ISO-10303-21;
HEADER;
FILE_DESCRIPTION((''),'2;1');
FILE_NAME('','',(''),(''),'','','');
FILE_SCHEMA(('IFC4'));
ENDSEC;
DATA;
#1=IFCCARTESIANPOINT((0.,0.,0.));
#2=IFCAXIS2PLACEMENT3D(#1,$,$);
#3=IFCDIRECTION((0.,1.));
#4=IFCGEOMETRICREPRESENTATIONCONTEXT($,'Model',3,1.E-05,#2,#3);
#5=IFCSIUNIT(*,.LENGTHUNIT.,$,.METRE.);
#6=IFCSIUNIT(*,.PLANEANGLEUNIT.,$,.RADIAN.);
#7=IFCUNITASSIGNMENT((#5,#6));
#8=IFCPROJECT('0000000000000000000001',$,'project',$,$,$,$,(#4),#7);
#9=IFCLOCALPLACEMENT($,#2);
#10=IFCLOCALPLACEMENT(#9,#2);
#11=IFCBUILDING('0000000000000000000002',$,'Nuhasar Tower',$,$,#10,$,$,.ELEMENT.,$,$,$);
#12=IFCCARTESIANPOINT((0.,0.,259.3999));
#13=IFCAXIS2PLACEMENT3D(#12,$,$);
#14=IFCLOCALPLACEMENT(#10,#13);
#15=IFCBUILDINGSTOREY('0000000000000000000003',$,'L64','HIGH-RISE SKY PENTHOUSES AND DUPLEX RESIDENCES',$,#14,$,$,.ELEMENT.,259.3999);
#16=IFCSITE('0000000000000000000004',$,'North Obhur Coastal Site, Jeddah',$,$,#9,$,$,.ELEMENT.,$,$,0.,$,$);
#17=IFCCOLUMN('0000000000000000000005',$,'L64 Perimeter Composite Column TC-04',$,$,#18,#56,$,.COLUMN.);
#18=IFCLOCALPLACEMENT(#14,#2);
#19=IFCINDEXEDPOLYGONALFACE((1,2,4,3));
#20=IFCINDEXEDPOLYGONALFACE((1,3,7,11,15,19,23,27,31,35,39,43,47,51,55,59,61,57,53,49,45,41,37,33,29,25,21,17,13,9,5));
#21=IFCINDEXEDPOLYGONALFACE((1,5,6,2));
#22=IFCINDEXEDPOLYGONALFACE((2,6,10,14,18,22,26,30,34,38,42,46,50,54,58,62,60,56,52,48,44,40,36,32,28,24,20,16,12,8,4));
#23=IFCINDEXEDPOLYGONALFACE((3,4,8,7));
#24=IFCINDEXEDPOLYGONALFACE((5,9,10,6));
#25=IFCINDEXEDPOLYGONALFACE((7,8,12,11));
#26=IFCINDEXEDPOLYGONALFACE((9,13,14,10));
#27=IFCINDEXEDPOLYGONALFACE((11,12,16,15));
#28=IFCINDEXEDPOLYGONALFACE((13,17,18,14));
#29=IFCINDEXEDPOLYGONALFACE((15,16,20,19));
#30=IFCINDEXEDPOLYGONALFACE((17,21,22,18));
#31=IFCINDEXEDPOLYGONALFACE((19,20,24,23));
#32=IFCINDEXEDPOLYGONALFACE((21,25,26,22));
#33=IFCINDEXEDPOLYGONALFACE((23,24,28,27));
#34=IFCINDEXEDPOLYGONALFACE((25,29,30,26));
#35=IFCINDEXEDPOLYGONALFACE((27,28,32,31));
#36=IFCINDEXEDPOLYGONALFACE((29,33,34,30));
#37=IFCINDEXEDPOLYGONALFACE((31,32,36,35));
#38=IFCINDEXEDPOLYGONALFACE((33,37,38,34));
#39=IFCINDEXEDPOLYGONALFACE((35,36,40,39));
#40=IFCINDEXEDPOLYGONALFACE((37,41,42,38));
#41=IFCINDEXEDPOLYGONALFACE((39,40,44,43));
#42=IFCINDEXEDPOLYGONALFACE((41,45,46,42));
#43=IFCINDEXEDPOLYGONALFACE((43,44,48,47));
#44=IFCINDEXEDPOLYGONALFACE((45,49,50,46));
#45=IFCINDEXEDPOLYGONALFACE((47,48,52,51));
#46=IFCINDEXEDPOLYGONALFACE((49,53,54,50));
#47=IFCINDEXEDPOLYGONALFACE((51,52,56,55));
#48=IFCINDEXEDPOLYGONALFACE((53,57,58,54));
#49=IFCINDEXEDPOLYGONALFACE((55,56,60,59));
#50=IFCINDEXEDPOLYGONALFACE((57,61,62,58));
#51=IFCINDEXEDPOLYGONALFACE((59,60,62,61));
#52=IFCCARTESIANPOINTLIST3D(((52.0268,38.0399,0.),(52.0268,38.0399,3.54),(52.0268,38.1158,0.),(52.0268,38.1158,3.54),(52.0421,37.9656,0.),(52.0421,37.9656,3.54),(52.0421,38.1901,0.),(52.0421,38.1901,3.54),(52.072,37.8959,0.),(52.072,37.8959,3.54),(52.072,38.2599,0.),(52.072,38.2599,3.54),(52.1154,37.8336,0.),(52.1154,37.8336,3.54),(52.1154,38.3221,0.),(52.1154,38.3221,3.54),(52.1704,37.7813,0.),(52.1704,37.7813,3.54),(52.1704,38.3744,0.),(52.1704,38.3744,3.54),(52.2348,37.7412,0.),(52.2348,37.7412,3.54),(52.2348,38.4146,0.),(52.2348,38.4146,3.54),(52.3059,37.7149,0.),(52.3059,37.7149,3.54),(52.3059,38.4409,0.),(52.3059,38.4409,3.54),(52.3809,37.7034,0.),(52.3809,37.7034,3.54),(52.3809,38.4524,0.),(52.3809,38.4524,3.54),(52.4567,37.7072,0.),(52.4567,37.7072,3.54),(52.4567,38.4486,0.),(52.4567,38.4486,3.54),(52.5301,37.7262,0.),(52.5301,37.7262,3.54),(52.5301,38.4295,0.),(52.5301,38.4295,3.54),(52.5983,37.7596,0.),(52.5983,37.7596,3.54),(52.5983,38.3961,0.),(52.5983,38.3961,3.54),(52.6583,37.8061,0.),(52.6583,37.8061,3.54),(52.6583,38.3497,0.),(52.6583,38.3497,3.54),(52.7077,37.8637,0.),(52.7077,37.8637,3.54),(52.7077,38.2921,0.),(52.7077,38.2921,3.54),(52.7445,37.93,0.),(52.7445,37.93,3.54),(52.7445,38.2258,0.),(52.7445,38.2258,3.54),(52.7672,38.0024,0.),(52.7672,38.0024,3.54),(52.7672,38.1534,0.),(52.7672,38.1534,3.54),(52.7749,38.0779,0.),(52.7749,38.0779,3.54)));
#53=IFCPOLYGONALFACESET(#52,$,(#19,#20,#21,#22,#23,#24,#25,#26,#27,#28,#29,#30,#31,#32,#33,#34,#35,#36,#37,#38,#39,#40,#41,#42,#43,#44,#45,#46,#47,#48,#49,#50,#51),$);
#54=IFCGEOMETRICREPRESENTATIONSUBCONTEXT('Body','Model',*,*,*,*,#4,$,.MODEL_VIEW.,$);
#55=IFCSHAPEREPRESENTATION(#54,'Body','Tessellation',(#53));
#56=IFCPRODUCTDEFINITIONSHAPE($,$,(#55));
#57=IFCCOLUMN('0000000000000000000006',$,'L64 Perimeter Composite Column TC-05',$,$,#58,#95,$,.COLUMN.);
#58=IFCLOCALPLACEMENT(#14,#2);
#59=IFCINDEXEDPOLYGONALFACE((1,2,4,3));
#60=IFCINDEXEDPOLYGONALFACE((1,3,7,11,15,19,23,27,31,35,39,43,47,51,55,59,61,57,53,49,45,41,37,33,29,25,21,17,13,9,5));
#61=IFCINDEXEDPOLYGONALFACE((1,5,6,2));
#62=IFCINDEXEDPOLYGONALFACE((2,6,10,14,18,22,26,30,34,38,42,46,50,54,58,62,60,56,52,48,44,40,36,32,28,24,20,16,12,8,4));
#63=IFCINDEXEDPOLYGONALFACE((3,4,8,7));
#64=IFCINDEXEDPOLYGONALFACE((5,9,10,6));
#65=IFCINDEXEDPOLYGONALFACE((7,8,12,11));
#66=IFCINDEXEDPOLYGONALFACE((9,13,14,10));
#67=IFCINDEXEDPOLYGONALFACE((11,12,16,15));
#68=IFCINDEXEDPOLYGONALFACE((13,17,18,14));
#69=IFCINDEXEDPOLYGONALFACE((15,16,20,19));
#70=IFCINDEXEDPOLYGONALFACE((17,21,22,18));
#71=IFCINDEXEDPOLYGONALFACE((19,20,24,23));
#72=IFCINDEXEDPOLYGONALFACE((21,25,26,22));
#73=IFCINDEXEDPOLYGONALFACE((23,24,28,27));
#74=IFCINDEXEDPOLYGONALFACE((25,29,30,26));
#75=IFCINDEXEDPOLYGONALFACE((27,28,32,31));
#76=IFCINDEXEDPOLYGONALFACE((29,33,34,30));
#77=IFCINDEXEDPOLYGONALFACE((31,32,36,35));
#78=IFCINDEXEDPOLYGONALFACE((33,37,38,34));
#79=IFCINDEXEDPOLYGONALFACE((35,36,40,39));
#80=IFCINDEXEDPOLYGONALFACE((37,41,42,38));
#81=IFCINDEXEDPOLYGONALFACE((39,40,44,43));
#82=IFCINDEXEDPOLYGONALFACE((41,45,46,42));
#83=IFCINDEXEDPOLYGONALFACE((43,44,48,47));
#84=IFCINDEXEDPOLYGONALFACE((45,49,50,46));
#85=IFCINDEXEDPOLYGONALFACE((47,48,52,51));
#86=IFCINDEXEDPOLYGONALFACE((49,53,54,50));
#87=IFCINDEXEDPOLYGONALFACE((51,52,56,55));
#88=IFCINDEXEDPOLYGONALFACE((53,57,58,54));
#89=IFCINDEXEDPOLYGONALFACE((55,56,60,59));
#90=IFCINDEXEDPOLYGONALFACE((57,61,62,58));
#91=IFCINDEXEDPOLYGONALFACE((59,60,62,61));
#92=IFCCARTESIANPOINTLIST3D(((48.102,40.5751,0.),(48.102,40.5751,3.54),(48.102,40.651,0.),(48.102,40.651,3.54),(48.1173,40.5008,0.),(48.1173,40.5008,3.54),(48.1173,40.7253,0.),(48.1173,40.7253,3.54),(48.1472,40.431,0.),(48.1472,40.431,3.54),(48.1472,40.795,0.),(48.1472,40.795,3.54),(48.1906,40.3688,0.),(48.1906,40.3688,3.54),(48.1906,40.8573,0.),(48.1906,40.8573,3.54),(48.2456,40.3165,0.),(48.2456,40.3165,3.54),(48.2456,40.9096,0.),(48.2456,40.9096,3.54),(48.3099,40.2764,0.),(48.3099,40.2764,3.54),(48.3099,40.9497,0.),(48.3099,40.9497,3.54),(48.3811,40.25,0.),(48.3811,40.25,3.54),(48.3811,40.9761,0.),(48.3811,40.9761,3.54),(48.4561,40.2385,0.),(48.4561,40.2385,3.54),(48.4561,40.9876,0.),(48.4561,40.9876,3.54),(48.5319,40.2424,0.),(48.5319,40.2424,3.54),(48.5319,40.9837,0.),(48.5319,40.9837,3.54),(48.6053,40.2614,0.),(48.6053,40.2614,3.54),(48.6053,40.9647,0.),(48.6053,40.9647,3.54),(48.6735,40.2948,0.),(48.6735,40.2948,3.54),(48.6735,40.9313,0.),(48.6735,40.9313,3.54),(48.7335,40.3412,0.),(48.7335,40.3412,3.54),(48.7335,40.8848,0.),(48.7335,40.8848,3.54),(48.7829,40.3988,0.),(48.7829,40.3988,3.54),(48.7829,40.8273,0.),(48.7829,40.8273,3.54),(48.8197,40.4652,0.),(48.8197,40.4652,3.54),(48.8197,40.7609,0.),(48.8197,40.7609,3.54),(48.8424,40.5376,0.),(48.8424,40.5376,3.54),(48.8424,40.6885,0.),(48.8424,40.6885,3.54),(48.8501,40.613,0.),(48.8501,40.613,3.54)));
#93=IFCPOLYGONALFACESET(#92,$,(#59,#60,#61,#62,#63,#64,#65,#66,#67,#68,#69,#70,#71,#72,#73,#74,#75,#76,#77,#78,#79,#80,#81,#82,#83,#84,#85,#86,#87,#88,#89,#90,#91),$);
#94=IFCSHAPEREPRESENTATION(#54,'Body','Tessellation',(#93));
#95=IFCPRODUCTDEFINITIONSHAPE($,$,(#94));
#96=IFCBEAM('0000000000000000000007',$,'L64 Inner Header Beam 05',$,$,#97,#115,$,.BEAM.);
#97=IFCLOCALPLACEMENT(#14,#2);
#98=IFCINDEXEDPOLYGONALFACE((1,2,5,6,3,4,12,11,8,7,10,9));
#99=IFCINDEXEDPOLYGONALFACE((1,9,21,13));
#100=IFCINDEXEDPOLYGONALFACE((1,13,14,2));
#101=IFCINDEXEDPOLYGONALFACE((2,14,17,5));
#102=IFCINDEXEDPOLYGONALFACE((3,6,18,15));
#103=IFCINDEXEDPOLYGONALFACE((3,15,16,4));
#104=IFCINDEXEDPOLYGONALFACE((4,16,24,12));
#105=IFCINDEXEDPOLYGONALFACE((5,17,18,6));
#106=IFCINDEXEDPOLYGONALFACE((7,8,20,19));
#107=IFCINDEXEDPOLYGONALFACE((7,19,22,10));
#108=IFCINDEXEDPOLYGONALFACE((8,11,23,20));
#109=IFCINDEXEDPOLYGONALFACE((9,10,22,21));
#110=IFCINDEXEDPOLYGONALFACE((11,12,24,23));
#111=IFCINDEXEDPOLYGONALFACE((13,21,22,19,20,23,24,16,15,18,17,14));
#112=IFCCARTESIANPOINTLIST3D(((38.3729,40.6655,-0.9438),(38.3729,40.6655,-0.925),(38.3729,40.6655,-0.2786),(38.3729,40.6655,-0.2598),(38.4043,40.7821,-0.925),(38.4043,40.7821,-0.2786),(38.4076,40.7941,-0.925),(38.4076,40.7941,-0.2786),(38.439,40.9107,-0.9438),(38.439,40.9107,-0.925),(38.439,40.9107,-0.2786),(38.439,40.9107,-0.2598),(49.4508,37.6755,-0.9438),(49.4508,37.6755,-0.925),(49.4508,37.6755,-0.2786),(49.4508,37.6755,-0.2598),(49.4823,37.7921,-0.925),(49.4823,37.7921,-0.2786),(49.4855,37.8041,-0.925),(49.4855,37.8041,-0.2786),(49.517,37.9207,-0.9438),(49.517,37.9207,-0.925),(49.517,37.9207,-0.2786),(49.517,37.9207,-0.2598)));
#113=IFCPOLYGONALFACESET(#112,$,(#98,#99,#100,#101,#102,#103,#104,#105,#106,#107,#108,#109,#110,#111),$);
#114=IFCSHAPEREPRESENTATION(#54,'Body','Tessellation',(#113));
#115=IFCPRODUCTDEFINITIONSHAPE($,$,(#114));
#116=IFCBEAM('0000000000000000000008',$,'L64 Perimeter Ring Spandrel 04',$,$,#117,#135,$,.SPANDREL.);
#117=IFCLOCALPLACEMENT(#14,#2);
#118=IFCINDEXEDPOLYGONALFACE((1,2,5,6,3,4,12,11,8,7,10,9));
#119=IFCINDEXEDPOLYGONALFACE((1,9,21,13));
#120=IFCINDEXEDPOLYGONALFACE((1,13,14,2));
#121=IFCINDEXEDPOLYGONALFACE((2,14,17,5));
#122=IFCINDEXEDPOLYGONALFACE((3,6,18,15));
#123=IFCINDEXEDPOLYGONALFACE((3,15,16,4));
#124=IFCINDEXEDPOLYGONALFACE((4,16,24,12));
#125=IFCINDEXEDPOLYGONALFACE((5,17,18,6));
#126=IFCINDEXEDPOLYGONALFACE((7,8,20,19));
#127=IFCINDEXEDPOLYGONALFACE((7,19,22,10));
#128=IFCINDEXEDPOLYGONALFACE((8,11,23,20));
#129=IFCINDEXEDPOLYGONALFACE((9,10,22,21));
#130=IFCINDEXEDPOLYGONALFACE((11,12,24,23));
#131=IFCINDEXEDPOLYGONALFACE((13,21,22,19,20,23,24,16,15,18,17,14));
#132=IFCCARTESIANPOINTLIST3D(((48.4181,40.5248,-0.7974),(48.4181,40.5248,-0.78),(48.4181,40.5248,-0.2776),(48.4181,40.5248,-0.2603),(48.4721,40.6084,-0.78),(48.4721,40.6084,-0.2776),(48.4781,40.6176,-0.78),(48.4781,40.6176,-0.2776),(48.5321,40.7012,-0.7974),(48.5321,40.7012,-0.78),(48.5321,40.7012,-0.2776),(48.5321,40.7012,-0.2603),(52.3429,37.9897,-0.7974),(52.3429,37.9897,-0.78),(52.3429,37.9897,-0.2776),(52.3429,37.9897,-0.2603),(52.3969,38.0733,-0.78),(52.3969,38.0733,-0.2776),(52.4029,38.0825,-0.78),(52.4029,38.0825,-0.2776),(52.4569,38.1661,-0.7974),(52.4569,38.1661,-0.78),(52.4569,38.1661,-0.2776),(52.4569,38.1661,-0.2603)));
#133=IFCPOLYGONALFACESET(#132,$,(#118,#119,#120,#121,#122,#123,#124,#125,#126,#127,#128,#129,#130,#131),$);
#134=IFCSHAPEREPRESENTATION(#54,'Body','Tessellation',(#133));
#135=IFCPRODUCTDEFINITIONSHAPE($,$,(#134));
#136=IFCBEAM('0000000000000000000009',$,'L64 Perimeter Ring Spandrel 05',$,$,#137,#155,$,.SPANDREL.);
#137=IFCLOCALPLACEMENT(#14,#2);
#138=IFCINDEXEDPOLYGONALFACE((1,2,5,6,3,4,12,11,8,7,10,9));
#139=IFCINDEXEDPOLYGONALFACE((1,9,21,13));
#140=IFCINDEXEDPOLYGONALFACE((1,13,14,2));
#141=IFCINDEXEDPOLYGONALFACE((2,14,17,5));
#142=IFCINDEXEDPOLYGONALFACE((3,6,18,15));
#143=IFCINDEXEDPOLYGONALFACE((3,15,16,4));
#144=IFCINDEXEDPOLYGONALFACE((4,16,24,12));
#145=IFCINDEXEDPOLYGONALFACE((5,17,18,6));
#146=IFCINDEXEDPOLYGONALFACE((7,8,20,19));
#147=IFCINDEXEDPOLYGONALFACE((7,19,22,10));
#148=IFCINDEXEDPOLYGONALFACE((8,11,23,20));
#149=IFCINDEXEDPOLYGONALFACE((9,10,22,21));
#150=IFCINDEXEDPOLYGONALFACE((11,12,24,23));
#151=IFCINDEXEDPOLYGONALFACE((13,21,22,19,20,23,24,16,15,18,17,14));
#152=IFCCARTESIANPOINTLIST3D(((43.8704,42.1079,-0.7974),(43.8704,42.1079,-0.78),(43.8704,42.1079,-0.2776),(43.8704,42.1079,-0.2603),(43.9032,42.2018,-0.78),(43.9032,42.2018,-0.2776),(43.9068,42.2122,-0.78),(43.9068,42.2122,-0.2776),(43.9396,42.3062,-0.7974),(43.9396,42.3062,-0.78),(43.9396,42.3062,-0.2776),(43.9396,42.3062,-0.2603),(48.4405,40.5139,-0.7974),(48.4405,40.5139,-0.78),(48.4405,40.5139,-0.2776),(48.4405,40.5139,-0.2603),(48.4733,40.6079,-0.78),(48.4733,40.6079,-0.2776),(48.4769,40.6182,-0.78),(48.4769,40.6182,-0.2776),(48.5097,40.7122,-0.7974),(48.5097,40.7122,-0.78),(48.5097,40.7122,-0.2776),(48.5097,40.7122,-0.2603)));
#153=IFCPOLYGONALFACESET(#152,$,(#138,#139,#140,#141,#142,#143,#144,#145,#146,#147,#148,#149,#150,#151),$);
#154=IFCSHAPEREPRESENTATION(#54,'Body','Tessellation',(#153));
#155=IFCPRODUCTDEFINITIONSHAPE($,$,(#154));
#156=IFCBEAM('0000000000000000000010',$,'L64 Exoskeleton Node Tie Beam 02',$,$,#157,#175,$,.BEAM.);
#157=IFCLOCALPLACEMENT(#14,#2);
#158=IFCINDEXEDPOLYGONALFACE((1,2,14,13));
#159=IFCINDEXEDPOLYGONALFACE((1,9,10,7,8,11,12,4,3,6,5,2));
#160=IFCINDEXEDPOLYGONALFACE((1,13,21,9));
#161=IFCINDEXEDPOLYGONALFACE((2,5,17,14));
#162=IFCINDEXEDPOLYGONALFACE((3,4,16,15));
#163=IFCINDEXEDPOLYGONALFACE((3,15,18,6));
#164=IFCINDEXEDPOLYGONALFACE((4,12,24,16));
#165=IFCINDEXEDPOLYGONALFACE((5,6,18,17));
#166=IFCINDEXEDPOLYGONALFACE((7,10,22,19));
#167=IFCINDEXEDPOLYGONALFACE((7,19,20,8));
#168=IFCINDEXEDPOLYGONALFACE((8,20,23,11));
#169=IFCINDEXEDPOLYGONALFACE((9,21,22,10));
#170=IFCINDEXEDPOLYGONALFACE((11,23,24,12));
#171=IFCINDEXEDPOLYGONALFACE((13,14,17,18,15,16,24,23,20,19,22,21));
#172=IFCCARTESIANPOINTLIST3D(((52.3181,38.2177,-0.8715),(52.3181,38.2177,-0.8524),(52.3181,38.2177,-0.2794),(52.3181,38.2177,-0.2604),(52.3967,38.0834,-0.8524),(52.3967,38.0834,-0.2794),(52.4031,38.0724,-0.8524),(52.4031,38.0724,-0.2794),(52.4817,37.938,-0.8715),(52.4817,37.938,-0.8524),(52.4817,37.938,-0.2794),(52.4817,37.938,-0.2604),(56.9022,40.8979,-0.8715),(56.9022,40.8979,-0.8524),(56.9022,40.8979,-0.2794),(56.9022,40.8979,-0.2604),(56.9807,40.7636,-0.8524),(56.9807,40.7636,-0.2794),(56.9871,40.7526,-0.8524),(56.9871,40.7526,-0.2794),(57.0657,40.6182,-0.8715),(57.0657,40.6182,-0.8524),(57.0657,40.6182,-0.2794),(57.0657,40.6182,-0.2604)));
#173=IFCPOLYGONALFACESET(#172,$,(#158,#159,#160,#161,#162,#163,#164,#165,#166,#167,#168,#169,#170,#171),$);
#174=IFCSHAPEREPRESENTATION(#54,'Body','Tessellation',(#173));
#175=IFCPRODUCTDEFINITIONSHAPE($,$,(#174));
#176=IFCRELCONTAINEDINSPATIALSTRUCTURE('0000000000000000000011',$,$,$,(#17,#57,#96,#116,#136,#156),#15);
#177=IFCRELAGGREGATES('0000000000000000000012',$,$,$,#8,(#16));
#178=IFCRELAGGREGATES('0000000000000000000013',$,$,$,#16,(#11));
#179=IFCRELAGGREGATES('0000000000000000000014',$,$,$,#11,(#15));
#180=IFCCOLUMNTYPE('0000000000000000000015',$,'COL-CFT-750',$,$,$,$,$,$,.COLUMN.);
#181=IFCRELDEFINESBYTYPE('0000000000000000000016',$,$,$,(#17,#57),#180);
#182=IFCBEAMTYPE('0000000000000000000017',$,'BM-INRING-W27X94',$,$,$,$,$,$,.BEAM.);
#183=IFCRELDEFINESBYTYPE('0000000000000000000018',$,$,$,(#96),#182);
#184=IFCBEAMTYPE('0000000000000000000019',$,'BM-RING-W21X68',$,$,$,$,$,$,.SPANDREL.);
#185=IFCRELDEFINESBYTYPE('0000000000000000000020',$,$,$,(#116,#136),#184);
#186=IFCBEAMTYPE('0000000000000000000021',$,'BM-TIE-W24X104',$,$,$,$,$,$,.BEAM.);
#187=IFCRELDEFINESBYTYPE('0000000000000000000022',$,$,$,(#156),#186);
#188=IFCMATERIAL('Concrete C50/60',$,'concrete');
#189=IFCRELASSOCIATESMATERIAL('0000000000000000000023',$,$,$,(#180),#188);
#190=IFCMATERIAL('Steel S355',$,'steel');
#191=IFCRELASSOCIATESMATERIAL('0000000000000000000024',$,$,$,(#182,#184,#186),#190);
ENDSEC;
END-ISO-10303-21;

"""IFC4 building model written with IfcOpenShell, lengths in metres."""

from ifc_helpers import new_model, si_unit, direction, frame, origin, origin_2d, place, context, subcontext, project, spatial, circle, i_section, extrude, material, material_profile, profile_set, type_object, element, save


model = new_model("IFC4")

# Units and contexts
model_context = context("Model", 3, precision=1e-05, world=origin(), true_north=direction((0.0, 1.0)))
body_context = subcontext(model_context, "Body", "Model", "MODEL_VIEW")
ifc_project = project(units=[si_unit("LENGTHUNIT", "METRE"), si_unit("PLANEANGLEUNIT", "RADIAN")], contexts=[model_context])

# Site, building, storey
site_placement = place(None, origin())
site = spatial("IfcSite", under=ifc_project, at=site_placement, Name="North Obhur Coastal Site, Jeddah", CompositionType="ELEMENT", RefElevation=0.0)
building_placement = place(site_placement, origin())
building = spatial("IfcBuilding", under=site, at=building_placement, Name="Nuhasar Tower", CompositionType="ELEMENT")
storey_placement = place(building_placement, frame((0.0, 0.0, 259.3999)))
storey = spatial("IfcBuildingStorey", under=building, at=storey_placement, Name="L64", Description="HIGH-RISE SKY PENTHOUSES AND DUPLEX RESIDENCES", CompositionType="ELEMENT", Elevation=259.3999)

# Columns
ifc_material_1 = material(Name="Concrete C50/60", Category="concrete")
ifc_material_profile_1 = material_profile(ifc_material_1, circle(Radius=0.375, at=origin_2d()), Name="CFT750")
ifc_profile_set_1 = profile_set([ifc_material_profile_1], Name="Concrete C50/60")
column_type = type_object("IfcColumnType", Name="COL-CFT-750", PredefinedType="COLUMN", material=ifc_profile_set_1)
for number, where, z_axis, x_axis, name in (
    (1, (52.3999, 38.0779, 0.0), (0.0, 0.0, 1.0), (1.0, 0.0, 0.0), "L64 Perimeter Composite Column TC-04"),
    (2, (48.4751, 40.613, 0.0), (0.0, 0.0, 1.0), (1.0, 0.0, 0.0), "L64 Perimeter Composite Column TC-05"),
):
    element("IfcColumn", number, at=place(storey_placement, frame(where, z_axis=z_axis, x_axis=x_axis)), inside=storey, type_object=column_type, Name=name, PredefinedType="COLUMN", context=body_context, shape_type="SweptSolid", body=[
        extrude(circle(Radius=0.375, at=origin_2d()), origin(), (0.0, 0.0, 1.0), 3.54),
    ])

# Beams
ifc_material_2 = material(Name="Steel S355", Category="steel")
ifc_material_profile_2 = material_profile(ifc_material_2, i_section(OverallWidth=0.2539, OverallDepth=0.6841, WebThickness=0.0125, FlangeThickness=0.0188, at=origin_2d()), Name="W27X94")
ifc_profile_set_2 = profile_set([ifc_material_profile_2], Name="Steel S355")
beam_type_1 = type_object("IfcBeamType", Name="BM-INRING-W27X94", PredefinedType="BEAM", material=ifc_profile_set_2)
beam_1_placement = place(storey_placement, frame((49.4839, 37.7981, -0.6018), z_axis=(-0.965452, 0.260582, 0.0), x_axis=(-0.260582, -0.965452, 0.0)))
element("IfcBeam", 3, at=beam_1_placement, inside=storey, type_object=beam_type_1, Name="L64 Inner Header Beam 05", PredefinedType="BEAM", context=body_context, shape_type="SweptSolid", body=[
    extrude(i_section(OverallWidth=0.2539, OverallDepth=0.6841, WebThickness=0.0125, FlangeThickness=0.0188, at=origin_2d()), origin(), (0.0, 0.0, 1.0), 11.4744),
])
ifc_material_profile_3 = material_profile(ifc_material_2, i_section(OverallWidth=0.21, OverallDepth=0.5371, WebThickness=0.011, FlangeThickness=0.0173, at=origin_2d()), Name="W21X68")
ifc_profile_set_3 = profile_set([ifc_material_profile_3], Name="Steel S355")
beam_type_2 = type_object("IfcBeamType", Name="BM-RING-W21X68", PredefinedType="SPANDREL", material=ifc_profile_set_3)
beam_2_placement = place(storey_placement, frame((52.3999, 38.0779, -0.5288), z_axis=(-0.840002, 0.542584, 0.0), x_axis=(-0.542584, -0.840002, 0.0)))
element("IfcBeam", 4, at=beam_2_placement, inside=storey, type_object=beam_type_2, Name="L64 Perimeter Ring Spandrel 04", PredefinedType="SPANDREL", context=body_context, shape_type="SweptSolid", body=[
    extrude(i_section(OverallWidth=0.21, OverallDepth=0.5371, WebThickness=0.011, FlangeThickness=0.0173, at=origin_2d()), origin(), (0.0, 0.0, 1.0), 4.6724),
])
beam_3_placement = place(storey_placement, frame((48.4751, 40.613, -0.5288), z_axis=(-0.944214, 0.329332, 0.0), x_axis=(-0.329332, -0.944214, 0.0)))
element("IfcBeam", 5, at=beam_3_placement, inside=storey, type_object=beam_type_2, Name="L64 Perimeter Ring Spandrel 05", PredefinedType="SPANDREL", context=body_context, shape_type="SweptSolid", body=[
    extrude(i_section(OverallWidth=0.21, OverallDepth=0.5371, WebThickness=0.011, FlangeThickness=0.0173, at=origin_2d()), origin(), (0.0, 0.0, 1.0), 4.8401),
])
ifc_material_profile_4 = material_profile(ifc_material_2, i_section(OverallWidth=0.324, OverallDepth=0.6111, WebThickness=0.0127, FlangeThickness=0.019, at=origin_2d()), Name="W24X104")
ifc_profile_set_4 = profile_set([ifc_material_profile_4], Name="Steel S355")
beam_type_3 = type_object("IfcBeamType", Name="BM-TIE-W24X104", PredefinedType="BEAM", material=ifc_profile_set_4)
beam_4_placement = place(storey_placement, frame((52.3999, 38.0779, -0.5659), z_axis=(0.863272, 0.50474, 0.0), x_axis=(-0.50474, 0.863272, 0.0)))
element("IfcBeam", 6, at=beam_4_placement, inside=storey, type_object=beam_type_3, Name="L64 Exoskeleton Node Tie Beam 02", PredefinedType="BEAM", context=body_context, shape_type="SweptSolid", body=[
    extrude(i_section(OverallWidth=0.324, OverallDepth=0.6111, WebThickness=0.0127, FlangeThickness=0.019, at=origin_2d()), origin(), (0.0, 0.0, 1.0), 5.3101),
])

save(model, "model.ifc")
